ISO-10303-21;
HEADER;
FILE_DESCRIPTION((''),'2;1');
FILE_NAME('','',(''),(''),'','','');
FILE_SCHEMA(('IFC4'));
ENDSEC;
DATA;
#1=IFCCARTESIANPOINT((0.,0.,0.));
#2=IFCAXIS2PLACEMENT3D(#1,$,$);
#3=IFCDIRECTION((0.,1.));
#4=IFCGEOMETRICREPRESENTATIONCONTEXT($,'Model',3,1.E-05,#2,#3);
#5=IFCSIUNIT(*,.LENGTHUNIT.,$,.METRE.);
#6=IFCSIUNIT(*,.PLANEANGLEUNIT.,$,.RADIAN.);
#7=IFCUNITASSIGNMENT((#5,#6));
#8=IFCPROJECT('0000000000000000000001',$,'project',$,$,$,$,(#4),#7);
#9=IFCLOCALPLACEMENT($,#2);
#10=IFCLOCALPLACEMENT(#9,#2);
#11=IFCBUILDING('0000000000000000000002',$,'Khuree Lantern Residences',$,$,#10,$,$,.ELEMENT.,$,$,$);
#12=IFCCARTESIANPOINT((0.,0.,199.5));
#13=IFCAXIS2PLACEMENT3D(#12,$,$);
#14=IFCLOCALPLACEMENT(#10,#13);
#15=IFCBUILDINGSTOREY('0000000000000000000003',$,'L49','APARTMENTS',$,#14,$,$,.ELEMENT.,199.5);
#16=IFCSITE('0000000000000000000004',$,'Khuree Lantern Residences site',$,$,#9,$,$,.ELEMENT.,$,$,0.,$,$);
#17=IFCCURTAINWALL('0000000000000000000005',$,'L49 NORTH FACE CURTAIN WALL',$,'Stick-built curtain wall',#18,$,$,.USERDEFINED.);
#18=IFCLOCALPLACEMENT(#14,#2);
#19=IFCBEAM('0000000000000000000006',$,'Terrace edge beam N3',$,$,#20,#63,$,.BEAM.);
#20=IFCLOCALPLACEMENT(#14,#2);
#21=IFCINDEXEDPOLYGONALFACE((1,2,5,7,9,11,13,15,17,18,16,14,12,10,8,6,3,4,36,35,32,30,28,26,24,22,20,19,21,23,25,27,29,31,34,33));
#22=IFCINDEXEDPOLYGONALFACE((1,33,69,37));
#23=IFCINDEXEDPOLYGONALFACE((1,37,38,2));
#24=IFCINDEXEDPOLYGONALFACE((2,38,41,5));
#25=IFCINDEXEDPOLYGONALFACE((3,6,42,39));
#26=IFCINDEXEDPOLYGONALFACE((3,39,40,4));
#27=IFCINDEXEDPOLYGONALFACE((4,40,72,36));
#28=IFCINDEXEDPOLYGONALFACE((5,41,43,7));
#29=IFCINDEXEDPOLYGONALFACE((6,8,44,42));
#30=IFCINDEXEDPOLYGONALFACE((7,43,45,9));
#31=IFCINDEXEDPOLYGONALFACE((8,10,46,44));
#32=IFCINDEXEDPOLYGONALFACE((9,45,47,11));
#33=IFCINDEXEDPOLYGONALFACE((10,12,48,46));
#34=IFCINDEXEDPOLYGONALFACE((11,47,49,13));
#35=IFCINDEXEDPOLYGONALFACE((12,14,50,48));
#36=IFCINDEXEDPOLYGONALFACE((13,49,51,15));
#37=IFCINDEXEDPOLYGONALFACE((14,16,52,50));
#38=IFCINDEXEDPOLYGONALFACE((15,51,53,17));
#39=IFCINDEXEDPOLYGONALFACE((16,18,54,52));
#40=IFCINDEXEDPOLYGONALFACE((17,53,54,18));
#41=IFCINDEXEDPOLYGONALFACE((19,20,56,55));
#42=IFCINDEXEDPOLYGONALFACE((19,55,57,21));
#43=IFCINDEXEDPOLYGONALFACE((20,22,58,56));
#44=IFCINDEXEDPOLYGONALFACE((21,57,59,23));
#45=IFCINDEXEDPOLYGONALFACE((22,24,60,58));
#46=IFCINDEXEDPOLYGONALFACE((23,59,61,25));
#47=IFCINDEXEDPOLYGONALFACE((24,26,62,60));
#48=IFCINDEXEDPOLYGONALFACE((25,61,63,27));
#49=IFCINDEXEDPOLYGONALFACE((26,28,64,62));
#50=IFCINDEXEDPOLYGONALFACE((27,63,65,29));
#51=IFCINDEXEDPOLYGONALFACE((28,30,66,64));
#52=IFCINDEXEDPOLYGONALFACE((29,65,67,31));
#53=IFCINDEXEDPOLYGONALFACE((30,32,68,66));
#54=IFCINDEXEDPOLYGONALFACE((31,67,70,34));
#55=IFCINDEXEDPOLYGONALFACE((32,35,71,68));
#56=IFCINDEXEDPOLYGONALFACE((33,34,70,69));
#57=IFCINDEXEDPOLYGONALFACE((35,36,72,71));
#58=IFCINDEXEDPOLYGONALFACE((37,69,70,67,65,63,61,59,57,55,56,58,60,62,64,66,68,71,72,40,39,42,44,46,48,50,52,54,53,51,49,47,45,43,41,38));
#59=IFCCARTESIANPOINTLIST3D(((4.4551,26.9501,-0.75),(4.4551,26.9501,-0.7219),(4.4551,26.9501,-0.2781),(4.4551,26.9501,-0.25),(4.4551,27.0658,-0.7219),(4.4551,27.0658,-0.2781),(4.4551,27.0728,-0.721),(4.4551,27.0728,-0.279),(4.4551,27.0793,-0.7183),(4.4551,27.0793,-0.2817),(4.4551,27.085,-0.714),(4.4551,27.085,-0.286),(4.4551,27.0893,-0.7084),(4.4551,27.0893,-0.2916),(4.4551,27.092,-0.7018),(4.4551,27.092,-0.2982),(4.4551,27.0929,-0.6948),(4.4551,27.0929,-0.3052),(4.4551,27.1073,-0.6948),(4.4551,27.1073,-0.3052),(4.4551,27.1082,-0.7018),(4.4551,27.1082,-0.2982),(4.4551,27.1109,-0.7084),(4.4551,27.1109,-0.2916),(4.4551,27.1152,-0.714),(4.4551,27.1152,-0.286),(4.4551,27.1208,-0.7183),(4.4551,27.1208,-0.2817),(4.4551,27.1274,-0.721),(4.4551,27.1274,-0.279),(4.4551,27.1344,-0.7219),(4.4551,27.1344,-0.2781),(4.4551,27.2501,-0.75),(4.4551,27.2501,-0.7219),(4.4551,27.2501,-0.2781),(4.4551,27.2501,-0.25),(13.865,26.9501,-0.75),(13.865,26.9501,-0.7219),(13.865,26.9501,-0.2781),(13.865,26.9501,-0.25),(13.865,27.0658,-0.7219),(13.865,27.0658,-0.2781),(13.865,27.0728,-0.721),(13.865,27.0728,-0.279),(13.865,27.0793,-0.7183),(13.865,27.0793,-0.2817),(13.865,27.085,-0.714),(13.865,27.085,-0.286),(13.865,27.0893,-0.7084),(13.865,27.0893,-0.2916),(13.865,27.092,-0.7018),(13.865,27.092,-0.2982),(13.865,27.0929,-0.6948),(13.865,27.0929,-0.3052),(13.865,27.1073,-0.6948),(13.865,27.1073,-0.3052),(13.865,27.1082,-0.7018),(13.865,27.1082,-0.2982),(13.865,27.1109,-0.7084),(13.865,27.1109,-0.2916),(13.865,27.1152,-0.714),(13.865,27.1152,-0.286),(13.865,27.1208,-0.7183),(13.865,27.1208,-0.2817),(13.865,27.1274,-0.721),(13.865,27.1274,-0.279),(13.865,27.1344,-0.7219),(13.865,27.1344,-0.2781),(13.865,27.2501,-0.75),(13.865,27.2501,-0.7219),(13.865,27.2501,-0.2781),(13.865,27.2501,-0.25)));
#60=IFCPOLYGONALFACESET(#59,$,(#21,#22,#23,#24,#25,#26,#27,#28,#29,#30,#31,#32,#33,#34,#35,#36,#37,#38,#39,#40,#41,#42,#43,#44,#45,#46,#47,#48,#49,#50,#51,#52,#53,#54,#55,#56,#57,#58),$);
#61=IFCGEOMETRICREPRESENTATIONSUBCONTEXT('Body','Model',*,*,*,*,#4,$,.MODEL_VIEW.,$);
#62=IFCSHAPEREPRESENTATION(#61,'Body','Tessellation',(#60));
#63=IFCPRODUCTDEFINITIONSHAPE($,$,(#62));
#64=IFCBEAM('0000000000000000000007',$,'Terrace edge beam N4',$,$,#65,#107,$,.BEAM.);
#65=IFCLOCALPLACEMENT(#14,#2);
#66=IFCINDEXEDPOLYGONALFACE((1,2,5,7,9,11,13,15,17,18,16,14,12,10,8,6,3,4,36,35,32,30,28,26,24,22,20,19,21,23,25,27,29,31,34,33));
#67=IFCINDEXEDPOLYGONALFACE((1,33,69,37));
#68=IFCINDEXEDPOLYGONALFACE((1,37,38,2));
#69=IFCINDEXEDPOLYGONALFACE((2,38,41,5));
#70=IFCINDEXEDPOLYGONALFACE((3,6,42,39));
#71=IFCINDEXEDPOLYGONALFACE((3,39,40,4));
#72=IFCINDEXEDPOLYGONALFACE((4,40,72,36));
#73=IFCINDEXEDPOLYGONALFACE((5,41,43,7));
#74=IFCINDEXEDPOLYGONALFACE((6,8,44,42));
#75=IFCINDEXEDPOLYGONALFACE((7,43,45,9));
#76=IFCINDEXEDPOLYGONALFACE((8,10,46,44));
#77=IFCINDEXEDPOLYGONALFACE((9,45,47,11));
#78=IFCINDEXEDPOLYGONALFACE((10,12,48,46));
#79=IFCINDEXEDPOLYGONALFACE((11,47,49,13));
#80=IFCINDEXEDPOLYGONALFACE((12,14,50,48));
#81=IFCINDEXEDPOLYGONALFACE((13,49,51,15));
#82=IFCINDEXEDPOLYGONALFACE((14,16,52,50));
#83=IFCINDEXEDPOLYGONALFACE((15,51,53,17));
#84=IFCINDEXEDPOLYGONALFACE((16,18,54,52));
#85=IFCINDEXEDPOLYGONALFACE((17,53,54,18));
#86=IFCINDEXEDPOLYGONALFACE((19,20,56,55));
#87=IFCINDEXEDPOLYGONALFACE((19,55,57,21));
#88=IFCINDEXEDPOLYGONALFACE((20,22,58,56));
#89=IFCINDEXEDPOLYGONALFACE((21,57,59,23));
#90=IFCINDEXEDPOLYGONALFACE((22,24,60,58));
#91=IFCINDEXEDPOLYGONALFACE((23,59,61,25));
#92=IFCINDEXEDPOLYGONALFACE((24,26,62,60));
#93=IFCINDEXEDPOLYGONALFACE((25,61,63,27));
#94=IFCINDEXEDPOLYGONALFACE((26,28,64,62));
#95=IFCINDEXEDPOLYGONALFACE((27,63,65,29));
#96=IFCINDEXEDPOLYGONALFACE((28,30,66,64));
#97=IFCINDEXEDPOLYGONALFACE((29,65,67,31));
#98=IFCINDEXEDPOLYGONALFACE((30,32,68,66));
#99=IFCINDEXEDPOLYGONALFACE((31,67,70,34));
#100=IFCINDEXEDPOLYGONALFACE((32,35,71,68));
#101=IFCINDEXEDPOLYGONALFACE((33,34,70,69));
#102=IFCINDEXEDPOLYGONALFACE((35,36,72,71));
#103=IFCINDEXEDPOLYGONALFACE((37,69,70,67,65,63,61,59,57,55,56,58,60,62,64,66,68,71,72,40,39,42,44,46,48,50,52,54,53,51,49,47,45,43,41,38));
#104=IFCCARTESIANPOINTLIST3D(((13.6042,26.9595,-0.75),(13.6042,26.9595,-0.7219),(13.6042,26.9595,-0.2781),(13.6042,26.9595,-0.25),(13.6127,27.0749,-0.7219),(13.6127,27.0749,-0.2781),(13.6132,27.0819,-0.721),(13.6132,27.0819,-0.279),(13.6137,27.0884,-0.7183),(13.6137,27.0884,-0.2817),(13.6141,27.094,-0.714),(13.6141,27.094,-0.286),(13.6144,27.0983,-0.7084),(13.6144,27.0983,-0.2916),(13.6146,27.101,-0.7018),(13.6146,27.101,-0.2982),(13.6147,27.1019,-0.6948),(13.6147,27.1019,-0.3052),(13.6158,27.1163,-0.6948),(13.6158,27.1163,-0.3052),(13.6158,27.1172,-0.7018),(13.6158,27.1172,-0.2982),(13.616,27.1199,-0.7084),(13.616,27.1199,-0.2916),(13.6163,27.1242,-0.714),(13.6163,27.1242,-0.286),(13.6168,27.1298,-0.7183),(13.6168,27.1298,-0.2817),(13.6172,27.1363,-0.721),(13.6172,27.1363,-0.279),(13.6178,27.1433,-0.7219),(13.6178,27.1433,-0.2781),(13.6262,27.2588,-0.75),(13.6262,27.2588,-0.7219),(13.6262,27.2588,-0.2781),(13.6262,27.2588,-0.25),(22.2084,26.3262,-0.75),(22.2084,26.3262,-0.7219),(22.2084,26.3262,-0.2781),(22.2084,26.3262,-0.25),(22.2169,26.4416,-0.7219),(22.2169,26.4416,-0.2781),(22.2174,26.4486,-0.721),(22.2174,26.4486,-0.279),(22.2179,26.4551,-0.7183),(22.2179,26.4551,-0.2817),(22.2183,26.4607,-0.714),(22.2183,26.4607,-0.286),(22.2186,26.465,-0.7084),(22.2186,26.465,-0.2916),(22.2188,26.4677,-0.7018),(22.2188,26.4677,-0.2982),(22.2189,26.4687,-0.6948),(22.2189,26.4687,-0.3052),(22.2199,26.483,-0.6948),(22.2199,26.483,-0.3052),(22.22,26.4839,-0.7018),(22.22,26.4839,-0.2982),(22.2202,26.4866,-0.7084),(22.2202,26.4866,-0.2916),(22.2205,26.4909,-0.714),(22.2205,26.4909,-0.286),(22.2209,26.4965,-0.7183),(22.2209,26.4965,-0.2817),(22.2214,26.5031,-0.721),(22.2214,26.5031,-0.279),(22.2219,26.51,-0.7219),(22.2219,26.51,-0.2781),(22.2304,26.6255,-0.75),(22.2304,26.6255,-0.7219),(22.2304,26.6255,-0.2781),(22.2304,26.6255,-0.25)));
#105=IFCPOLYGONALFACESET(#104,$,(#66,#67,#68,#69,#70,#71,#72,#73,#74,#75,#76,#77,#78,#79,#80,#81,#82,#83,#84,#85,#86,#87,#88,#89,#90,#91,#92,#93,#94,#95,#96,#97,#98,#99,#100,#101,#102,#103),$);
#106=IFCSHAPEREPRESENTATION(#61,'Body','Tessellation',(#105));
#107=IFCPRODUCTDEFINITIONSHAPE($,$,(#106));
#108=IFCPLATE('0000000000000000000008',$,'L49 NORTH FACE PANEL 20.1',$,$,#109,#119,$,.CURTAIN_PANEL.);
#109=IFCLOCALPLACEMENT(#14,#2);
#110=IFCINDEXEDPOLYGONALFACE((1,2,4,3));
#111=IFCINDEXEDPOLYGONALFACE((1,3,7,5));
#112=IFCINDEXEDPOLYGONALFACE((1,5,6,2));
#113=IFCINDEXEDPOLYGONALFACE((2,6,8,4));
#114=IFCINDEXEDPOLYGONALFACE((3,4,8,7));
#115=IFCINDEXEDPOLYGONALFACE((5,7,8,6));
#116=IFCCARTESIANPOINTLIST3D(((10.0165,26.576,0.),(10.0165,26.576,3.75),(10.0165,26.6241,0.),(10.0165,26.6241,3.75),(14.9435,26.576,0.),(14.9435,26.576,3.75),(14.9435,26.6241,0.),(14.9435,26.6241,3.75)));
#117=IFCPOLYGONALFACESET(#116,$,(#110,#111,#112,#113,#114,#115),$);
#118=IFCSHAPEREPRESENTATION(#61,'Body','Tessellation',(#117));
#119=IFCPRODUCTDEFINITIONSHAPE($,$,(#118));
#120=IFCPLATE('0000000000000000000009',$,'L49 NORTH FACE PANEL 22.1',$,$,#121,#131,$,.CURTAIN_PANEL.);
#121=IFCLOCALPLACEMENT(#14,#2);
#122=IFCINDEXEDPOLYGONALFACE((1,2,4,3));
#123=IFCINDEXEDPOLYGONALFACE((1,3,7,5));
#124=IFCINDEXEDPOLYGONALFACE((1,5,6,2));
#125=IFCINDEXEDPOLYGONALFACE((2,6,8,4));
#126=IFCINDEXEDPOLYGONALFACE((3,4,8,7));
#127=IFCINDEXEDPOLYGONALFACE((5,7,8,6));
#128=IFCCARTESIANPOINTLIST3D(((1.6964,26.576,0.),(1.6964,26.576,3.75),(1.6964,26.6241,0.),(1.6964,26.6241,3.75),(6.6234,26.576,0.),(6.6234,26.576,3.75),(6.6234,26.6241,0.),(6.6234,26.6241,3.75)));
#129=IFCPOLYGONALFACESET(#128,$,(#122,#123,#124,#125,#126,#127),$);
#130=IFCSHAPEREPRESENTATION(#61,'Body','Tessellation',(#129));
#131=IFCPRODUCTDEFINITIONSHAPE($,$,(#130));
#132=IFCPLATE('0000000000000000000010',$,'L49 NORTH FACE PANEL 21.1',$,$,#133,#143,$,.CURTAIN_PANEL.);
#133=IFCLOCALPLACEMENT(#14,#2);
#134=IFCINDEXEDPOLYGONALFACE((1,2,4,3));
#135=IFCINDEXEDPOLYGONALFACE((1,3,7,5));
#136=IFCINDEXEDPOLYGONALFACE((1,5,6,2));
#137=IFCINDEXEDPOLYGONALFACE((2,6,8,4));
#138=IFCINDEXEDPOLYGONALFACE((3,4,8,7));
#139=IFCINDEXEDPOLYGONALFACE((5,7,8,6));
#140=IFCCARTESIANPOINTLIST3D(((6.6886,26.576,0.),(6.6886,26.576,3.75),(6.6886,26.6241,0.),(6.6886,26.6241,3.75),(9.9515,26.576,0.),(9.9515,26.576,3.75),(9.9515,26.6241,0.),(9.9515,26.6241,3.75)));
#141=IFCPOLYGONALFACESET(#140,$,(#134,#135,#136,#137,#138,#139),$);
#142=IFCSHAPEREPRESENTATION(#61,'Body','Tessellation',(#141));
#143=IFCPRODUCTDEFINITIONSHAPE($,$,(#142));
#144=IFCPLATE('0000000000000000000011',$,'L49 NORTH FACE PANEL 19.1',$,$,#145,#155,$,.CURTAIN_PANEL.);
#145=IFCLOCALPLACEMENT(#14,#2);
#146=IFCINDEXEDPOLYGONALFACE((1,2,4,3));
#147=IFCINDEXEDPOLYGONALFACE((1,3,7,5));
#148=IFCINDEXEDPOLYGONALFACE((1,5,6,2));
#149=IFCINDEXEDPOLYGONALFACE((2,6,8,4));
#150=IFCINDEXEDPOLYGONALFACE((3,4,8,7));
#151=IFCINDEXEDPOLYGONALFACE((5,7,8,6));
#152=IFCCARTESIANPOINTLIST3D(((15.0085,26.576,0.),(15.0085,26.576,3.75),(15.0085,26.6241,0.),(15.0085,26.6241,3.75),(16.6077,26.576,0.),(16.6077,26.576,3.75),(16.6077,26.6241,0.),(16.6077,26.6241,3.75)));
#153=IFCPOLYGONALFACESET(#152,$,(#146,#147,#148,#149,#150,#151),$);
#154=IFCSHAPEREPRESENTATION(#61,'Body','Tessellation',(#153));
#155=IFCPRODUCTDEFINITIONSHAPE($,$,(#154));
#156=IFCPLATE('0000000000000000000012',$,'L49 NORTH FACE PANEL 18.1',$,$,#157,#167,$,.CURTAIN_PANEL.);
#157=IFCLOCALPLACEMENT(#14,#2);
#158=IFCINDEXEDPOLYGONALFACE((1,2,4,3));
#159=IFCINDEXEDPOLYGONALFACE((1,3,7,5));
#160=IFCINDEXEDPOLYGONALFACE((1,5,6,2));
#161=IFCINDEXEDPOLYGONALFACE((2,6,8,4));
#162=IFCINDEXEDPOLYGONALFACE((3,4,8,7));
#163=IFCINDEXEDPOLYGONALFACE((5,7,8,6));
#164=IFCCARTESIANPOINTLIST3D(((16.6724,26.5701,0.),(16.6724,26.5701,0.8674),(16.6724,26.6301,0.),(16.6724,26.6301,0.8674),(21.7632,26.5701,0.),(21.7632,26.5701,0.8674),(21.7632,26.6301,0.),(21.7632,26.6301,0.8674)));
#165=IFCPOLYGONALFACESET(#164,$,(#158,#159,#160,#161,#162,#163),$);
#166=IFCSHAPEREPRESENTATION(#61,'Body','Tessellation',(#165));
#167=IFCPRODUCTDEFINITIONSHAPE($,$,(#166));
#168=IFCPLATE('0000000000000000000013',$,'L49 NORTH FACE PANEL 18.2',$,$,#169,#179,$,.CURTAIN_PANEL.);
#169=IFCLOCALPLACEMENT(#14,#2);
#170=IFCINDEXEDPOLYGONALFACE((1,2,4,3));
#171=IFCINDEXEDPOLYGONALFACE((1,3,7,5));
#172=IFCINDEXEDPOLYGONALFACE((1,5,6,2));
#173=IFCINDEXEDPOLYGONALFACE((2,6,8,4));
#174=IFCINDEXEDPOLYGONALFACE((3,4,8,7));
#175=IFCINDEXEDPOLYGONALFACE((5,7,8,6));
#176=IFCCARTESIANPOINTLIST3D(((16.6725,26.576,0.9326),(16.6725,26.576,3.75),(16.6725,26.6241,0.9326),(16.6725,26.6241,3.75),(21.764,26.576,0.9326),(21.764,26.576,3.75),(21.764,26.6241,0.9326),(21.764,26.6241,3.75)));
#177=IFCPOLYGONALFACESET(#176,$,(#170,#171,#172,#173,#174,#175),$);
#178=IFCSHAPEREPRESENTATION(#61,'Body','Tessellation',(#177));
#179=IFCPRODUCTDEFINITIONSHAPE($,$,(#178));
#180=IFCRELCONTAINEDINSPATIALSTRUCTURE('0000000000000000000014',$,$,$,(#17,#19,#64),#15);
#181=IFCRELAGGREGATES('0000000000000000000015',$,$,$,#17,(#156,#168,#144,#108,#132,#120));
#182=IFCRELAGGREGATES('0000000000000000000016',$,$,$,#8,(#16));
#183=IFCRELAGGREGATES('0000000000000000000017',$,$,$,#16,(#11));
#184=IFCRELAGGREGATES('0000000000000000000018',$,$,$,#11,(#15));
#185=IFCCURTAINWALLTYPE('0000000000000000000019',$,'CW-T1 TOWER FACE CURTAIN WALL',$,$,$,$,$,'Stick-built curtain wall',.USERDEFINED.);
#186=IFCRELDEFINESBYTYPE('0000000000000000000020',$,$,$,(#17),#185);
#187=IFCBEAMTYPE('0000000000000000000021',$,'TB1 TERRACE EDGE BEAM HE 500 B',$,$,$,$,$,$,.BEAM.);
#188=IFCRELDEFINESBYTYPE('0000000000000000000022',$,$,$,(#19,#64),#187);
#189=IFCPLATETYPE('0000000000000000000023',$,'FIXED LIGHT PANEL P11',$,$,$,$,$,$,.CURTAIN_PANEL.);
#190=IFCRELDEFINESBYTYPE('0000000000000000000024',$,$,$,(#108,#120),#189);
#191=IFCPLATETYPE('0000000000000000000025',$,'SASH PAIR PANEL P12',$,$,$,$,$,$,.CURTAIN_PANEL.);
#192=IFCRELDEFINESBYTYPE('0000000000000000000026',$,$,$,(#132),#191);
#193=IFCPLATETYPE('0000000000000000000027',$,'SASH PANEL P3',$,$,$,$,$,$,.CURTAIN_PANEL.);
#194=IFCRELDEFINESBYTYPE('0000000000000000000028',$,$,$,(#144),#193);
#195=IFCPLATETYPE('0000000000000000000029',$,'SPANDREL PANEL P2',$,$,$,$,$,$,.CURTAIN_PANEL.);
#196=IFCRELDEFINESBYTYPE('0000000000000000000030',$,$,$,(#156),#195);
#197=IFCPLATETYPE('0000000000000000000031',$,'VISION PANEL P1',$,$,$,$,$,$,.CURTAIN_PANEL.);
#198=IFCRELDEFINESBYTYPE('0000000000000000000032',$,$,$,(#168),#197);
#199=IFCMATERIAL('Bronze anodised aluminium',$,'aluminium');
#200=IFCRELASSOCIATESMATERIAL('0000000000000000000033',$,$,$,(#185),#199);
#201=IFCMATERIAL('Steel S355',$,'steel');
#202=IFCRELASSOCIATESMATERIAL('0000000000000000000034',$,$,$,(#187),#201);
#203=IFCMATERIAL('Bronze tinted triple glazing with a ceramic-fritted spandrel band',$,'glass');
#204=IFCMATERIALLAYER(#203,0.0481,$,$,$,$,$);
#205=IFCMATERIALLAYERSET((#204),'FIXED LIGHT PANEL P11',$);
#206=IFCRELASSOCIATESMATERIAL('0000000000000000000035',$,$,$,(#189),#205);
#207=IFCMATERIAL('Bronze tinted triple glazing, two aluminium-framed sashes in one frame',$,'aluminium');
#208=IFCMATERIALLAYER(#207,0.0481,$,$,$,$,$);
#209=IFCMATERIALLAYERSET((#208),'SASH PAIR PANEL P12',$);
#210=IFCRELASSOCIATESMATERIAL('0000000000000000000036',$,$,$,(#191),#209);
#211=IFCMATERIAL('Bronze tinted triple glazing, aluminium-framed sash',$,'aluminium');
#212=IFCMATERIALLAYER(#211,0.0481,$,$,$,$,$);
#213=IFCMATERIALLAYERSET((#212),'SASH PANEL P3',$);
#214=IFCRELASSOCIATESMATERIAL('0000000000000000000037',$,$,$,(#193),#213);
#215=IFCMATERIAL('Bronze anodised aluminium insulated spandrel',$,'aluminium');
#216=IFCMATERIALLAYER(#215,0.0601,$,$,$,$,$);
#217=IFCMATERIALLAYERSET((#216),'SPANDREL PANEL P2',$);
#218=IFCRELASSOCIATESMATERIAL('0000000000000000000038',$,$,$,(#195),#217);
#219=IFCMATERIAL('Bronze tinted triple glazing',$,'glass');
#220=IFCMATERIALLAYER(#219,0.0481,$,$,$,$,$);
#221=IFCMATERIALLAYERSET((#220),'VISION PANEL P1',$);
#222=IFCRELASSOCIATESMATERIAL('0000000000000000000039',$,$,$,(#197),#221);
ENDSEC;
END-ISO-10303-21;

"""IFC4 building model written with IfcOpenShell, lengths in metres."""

from ifc_helpers import new_model, si_unit, direction, frame, origin, origin_2d, place, context, subcontext, project, spatial, rectangle, i_section, extrude, material, layer, layer_set, material_profile, profile_set, type_object, element, aggregate, save


model = new_model("IFC4")

# Units and contexts
model_context = context("Model", 3, precision=1e-05, world=origin(), true_north=direction((0.0, 1.0)))
body_context = subcontext(model_context, "Body", "Model", "MODEL_VIEW")
ifc_project = project(units=[si_unit("LENGTHUNIT", "METRE"), si_unit("PLANEANGLEUNIT", "RADIAN")], contexts=[model_context])

# Site, building, storey
site_placement = place(None, origin())
site = spatial("IfcSite", under=ifc_project, at=site_placement, Name="Khuree Lantern Residences site", CompositionType="ELEMENT", RefElevation=0.0)
building_placement = place(site_placement, origin())
building = spatial("IfcBuilding", under=site, at=building_placement, Name="Khuree Lantern Residences", CompositionType="ELEMENT")
storey_placement = place(building_placement, frame((0.0, 0.0, 199.5)))
storey = spatial("IfcBuildingStorey", under=building, at=storey_placement, Name="L49", Description="APARTMENTS", CompositionType="ELEMENT", Elevation=199.5)

# Shared definitions
ifc_material_1 = material(Name="Steel S355", Category="steel")

# Curtain wall
ifc_material_2 = material(Name="Bronze anodised aluminium", Category="aluminium")
curtain_wall_type = type_object("IfcCurtainWallType", Name="CW-T1 TOWER FACE CURTAIN WALL", ElementType="Stick-built curtain wall", PredefinedType="USERDEFINED", material=ifc_material_2)
curtain_wall_placement = place(storey_placement, origin())
curtain_wall = element("IfcCurtainWall", 1, at=curtain_wall_placement, inside=storey, type_object=curtain_wall_type, Name="L49 NORTH FACE CURTAIN WALL", ObjectType="Stick-built curtain wall", PredefinedType="USERDEFINED")

# Beams
ifc_material_profile_1 = material_profile(ifc_material_1, i_section(OverallWidth=0.3, OverallDepth=0.5, WebThickness=0.0144, FlangeThickness=0.0281, FilletRadius=0.0271, at=origin_2d()), Name="HE 500 B")
ifc_profile_set_1 = profile_set([ifc_material_profile_1], Name="Steel S355")
beam_type_1 = type_object("IfcBeamType", Name="TB1 TERRACE EDGE BEAM HE 500 B", PredefinedType="BEAM", material=ifc_profile_set_1)
beam_1_placement = place(storey_placement, frame((4.4551, 27.1001, -0.5), z_axis=(1.0, 0.0, 0.0), x_axis=(0.0, 1.0, 0.0)))
element("IfcBeam", 2, at=beam_1_placement, inside=storey, type_object=beam_type_1, Name="Terrace edge beam N3", PredefinedType="BEAM", context=body_context, shape_type="SweptSolid", body=[
    extrude(i_section(OverallWidth=0.3, OverallDepth=0.5, WebThickness=0.0144, FlangeThickness=0.0281, FilletRadius=0.0271, at=origin_2d()), origin(), (0.0, 0.0, 1.0), 9.4099),
])
beam_2_placement = place(storey_placement, frame((13.6152, 27.1091, -0.5), z_axis=(0.997302, -0.073405, 0.0), x_axis=(0.073405, 0.997302, 0.0)))
element("IfcBeam", 3, at=beam_2_placement, inside=storey, type_object=beam_type_1, Name="Terrace edge beam N4", PredefinedType="BEAM", context=body_context, shape_type="SweptSolid", body=[
    extrude(i_section(OverallWidth=0.3, OverallDepth=0.5, WebThickness=0.0144, FlangeThickness=0.0281, FilletRadius=0.0271, at=origin_2d()), origin(), (0.0, 0.0, 1.0), 8.6274),
])

# Plates
ifc_material_3 = material(Name="Bronze tinted triple glazing with a ceramic-fritted spandrel band", Category="glass")
ifc_layer_1 = layer(ifc_material_3, 0.0481)
ifc_layer_set_1 = layer_set([ifc_layer_1], Name="FIXED LIGHT PANEL P11")
plate_type_1 = type_object("IfcPlateType", Name="FIXED LIGHT PANEL P11", PredefinedType="CURTAIN_PANEL", material=ifc_layer_set_1)
plate_1_placement = place(storey_placement, frame((12.48, 26.6001, 0.0), z_axis=(0.0, 0.0, 1.0), x_axis=(-1.0, 0.0, 0.0)))
plate_1 = element("IfcPlate", 4, at=plate_1_placement, type_object=plate_type_1, Name="L49 NORTH FACE PANEL 20.1", PredefinedType="CURTAIN_PANEL", context=body_context, shape_type="SweptSolid", body=[
    extrude(rectangle(XDim=4.927, YDim=0.0481, at=origin_2d()), origin(), (0.0, 0.0, 1.0), 3.75),
])
plate_2_placement = place(storey_placement, frame((4.1599, 26.6001, 0.0), z_axis=(0.0, 0.0, 1.0), x_axis=(-1.0, 0.0, 0.0)))
plate_2 = element("IfcPlate", 5, at=plate_2_placement, type_object=plate_type_1, Name="L49 NORTH FACE PANEL 22.1", PredefinedType="CURTAIN_PANEL", context=body_context, shape_type="SweptSolid", body=[
    extrude(rectangle(XDim=4.927, YDim=0.0481, at=origin_2d()), origin(), (0.0, 0.0, 1.0), 3.75),
])
ifc_material_4 = material(Name="Bronze tinted triple glazing, two aluminium-framed sashes in one frame", Category="aluminium")
ifc_layer_2 = layer(ifc_material_4, 0.0481)
ifc_layer_set_2 = layer_set([ifc_layer_2], Name="SASH PAIR PANEL P12")
plate_type_2 = type_object("IfcPlateType", Name="SASH PAIR PANEL P12", PredefinedType="CURTAIN_PANEL", material=ifc_layer_set_2)
plate_3_placement = place(storey_placement, frame((8.3201, 26.6001, 0.0), z_axis=(0.0, 0.0, 1.0), x_axis=(-1.0, 0.0, 0.0)))
plate_3 = element("IfcPlate", 6, at=plate_3_placement, type_object=plate_type_2, Name="L49 NORTH FACE PANEL 21.1", PredefinedType="CURTAIN_PANEL", context=body_context, shape_type="SweptSolid", body=[
    extrude(rectangle(XDim=3.2629, YDim=0.0481, at=origin_2d()), origin(), (0.0, 0.0, 1.0), 3.75),
])
ifc_material_5 = material(Name="Bronze tinted triple glazing, aluminium-framed sash", Category="aluminium")
ifc_layer_3 = layer(ifc_material_5, 0.0481)
ifc_layer_set_3 = layer_set([ifc_layer_3], Name="SASH PANEL P3")
plate_type_3 = type_object("IfcPlateType", Name="SASH PANEL P3", PredefinedType="CURTAIN_PANEL", material=ifc_layer_set_3)
plate_4_placement = place(storey_placement, frame((15.8081, 26.6001, 0.0), z_axis=(0.0, 0.0, 1.0), x_axis=(-1.0, 0.0, 0.0)))
plate_4 = element("IfcPlate", 7, at=plate_4_placement, type_object=plate_type_3, Name="L49 NORTH FACE PANEL 19.1", PredefinedType="CURTAIN_PANEL", context=body_context, shape_type="SweptSolid", body=[
    extrude(rectangle(XDim=1.5991, YDim=0.0481, at=origin_2d()), origin(), (0.0, 0.0, 1.0), 3.75),
])
ifc_material_6 = material(Name="Bronze anodised aluminium insulated spandrel", Category="aluminium")
ifc_layer_4 = layer(ifc_material_6, 0.0601)
ifc_layer_set_4 = layer_set([ifc_layer_4], Name="SPANDREL PANEL P2")
plate_type_4 = type_object("IfcPlateType", Name="SPANDREL PANEL P2", PredefinedType="CURTAIN_PANEL", material=ifc_layer_set_4)
plate_5_placement = place(storey_placement, frame((19.2178, 26.6001, 0.0), z_axis=(0.0, 0.0, 1.0), x_axis=(-1.0, 0.0, 0.0)))
plate_5 = element("IfcPlate", 8, at=plate_5_placement, type_object=plate_type_4, Name="L49 NORTH FACE PANEL 18.1", PredefinedType="CURTAIN_PANEL", context=body_context, shape_type="SweptSolid", body=[
    extrude(rectangle(XDim=5.0908, YDim=0.0601, at=origin_2d()), origin(), (0.0, 0.0, 1.0), 0.8674),
])
ifc_material_7 = material(Name="Bronze tinted triple glazing", Category="glass")
ifc_layer_5 = layer(ifc_material_7, 0.0481)
ifc_layer_set_5 = layer_set([ifc_layer_5], Name="VISION PANEL P1")
plate_type_5 = type_object("IfcPlateType", Name="VISION PANEL P1", PredefinedType="CURTAIN_PANEL", material=ifc_layer_set_5)
plate_6_placement = place(storey_placement, frame((19.2183, 26.6001, 0.9326), z_axis=(0.0, 0.0, 1.0), x_axis=(-1.0, 0.0, 0.0)))
plate_6 = element("IfcPlate", 9, at=plate_6_placement, type_object=plate_type_5, Name="L49 NORTH FACE PANEL 18.2", PredefinedType="CURTAIN_PANEL", context=body_context, shape_type="SweptSolid", body=[
    extrude(rectangle(XDim=5.0916, YDim=0.0481, at=origin_2d()), origin(), (0.0, 0.0, 1.0), 2.8174),
])
aggregate(curtain_wall, [plate_5, plate_6, plate_4, plate_1, plate_3, plate_2])

save(model, "model.ifc")
